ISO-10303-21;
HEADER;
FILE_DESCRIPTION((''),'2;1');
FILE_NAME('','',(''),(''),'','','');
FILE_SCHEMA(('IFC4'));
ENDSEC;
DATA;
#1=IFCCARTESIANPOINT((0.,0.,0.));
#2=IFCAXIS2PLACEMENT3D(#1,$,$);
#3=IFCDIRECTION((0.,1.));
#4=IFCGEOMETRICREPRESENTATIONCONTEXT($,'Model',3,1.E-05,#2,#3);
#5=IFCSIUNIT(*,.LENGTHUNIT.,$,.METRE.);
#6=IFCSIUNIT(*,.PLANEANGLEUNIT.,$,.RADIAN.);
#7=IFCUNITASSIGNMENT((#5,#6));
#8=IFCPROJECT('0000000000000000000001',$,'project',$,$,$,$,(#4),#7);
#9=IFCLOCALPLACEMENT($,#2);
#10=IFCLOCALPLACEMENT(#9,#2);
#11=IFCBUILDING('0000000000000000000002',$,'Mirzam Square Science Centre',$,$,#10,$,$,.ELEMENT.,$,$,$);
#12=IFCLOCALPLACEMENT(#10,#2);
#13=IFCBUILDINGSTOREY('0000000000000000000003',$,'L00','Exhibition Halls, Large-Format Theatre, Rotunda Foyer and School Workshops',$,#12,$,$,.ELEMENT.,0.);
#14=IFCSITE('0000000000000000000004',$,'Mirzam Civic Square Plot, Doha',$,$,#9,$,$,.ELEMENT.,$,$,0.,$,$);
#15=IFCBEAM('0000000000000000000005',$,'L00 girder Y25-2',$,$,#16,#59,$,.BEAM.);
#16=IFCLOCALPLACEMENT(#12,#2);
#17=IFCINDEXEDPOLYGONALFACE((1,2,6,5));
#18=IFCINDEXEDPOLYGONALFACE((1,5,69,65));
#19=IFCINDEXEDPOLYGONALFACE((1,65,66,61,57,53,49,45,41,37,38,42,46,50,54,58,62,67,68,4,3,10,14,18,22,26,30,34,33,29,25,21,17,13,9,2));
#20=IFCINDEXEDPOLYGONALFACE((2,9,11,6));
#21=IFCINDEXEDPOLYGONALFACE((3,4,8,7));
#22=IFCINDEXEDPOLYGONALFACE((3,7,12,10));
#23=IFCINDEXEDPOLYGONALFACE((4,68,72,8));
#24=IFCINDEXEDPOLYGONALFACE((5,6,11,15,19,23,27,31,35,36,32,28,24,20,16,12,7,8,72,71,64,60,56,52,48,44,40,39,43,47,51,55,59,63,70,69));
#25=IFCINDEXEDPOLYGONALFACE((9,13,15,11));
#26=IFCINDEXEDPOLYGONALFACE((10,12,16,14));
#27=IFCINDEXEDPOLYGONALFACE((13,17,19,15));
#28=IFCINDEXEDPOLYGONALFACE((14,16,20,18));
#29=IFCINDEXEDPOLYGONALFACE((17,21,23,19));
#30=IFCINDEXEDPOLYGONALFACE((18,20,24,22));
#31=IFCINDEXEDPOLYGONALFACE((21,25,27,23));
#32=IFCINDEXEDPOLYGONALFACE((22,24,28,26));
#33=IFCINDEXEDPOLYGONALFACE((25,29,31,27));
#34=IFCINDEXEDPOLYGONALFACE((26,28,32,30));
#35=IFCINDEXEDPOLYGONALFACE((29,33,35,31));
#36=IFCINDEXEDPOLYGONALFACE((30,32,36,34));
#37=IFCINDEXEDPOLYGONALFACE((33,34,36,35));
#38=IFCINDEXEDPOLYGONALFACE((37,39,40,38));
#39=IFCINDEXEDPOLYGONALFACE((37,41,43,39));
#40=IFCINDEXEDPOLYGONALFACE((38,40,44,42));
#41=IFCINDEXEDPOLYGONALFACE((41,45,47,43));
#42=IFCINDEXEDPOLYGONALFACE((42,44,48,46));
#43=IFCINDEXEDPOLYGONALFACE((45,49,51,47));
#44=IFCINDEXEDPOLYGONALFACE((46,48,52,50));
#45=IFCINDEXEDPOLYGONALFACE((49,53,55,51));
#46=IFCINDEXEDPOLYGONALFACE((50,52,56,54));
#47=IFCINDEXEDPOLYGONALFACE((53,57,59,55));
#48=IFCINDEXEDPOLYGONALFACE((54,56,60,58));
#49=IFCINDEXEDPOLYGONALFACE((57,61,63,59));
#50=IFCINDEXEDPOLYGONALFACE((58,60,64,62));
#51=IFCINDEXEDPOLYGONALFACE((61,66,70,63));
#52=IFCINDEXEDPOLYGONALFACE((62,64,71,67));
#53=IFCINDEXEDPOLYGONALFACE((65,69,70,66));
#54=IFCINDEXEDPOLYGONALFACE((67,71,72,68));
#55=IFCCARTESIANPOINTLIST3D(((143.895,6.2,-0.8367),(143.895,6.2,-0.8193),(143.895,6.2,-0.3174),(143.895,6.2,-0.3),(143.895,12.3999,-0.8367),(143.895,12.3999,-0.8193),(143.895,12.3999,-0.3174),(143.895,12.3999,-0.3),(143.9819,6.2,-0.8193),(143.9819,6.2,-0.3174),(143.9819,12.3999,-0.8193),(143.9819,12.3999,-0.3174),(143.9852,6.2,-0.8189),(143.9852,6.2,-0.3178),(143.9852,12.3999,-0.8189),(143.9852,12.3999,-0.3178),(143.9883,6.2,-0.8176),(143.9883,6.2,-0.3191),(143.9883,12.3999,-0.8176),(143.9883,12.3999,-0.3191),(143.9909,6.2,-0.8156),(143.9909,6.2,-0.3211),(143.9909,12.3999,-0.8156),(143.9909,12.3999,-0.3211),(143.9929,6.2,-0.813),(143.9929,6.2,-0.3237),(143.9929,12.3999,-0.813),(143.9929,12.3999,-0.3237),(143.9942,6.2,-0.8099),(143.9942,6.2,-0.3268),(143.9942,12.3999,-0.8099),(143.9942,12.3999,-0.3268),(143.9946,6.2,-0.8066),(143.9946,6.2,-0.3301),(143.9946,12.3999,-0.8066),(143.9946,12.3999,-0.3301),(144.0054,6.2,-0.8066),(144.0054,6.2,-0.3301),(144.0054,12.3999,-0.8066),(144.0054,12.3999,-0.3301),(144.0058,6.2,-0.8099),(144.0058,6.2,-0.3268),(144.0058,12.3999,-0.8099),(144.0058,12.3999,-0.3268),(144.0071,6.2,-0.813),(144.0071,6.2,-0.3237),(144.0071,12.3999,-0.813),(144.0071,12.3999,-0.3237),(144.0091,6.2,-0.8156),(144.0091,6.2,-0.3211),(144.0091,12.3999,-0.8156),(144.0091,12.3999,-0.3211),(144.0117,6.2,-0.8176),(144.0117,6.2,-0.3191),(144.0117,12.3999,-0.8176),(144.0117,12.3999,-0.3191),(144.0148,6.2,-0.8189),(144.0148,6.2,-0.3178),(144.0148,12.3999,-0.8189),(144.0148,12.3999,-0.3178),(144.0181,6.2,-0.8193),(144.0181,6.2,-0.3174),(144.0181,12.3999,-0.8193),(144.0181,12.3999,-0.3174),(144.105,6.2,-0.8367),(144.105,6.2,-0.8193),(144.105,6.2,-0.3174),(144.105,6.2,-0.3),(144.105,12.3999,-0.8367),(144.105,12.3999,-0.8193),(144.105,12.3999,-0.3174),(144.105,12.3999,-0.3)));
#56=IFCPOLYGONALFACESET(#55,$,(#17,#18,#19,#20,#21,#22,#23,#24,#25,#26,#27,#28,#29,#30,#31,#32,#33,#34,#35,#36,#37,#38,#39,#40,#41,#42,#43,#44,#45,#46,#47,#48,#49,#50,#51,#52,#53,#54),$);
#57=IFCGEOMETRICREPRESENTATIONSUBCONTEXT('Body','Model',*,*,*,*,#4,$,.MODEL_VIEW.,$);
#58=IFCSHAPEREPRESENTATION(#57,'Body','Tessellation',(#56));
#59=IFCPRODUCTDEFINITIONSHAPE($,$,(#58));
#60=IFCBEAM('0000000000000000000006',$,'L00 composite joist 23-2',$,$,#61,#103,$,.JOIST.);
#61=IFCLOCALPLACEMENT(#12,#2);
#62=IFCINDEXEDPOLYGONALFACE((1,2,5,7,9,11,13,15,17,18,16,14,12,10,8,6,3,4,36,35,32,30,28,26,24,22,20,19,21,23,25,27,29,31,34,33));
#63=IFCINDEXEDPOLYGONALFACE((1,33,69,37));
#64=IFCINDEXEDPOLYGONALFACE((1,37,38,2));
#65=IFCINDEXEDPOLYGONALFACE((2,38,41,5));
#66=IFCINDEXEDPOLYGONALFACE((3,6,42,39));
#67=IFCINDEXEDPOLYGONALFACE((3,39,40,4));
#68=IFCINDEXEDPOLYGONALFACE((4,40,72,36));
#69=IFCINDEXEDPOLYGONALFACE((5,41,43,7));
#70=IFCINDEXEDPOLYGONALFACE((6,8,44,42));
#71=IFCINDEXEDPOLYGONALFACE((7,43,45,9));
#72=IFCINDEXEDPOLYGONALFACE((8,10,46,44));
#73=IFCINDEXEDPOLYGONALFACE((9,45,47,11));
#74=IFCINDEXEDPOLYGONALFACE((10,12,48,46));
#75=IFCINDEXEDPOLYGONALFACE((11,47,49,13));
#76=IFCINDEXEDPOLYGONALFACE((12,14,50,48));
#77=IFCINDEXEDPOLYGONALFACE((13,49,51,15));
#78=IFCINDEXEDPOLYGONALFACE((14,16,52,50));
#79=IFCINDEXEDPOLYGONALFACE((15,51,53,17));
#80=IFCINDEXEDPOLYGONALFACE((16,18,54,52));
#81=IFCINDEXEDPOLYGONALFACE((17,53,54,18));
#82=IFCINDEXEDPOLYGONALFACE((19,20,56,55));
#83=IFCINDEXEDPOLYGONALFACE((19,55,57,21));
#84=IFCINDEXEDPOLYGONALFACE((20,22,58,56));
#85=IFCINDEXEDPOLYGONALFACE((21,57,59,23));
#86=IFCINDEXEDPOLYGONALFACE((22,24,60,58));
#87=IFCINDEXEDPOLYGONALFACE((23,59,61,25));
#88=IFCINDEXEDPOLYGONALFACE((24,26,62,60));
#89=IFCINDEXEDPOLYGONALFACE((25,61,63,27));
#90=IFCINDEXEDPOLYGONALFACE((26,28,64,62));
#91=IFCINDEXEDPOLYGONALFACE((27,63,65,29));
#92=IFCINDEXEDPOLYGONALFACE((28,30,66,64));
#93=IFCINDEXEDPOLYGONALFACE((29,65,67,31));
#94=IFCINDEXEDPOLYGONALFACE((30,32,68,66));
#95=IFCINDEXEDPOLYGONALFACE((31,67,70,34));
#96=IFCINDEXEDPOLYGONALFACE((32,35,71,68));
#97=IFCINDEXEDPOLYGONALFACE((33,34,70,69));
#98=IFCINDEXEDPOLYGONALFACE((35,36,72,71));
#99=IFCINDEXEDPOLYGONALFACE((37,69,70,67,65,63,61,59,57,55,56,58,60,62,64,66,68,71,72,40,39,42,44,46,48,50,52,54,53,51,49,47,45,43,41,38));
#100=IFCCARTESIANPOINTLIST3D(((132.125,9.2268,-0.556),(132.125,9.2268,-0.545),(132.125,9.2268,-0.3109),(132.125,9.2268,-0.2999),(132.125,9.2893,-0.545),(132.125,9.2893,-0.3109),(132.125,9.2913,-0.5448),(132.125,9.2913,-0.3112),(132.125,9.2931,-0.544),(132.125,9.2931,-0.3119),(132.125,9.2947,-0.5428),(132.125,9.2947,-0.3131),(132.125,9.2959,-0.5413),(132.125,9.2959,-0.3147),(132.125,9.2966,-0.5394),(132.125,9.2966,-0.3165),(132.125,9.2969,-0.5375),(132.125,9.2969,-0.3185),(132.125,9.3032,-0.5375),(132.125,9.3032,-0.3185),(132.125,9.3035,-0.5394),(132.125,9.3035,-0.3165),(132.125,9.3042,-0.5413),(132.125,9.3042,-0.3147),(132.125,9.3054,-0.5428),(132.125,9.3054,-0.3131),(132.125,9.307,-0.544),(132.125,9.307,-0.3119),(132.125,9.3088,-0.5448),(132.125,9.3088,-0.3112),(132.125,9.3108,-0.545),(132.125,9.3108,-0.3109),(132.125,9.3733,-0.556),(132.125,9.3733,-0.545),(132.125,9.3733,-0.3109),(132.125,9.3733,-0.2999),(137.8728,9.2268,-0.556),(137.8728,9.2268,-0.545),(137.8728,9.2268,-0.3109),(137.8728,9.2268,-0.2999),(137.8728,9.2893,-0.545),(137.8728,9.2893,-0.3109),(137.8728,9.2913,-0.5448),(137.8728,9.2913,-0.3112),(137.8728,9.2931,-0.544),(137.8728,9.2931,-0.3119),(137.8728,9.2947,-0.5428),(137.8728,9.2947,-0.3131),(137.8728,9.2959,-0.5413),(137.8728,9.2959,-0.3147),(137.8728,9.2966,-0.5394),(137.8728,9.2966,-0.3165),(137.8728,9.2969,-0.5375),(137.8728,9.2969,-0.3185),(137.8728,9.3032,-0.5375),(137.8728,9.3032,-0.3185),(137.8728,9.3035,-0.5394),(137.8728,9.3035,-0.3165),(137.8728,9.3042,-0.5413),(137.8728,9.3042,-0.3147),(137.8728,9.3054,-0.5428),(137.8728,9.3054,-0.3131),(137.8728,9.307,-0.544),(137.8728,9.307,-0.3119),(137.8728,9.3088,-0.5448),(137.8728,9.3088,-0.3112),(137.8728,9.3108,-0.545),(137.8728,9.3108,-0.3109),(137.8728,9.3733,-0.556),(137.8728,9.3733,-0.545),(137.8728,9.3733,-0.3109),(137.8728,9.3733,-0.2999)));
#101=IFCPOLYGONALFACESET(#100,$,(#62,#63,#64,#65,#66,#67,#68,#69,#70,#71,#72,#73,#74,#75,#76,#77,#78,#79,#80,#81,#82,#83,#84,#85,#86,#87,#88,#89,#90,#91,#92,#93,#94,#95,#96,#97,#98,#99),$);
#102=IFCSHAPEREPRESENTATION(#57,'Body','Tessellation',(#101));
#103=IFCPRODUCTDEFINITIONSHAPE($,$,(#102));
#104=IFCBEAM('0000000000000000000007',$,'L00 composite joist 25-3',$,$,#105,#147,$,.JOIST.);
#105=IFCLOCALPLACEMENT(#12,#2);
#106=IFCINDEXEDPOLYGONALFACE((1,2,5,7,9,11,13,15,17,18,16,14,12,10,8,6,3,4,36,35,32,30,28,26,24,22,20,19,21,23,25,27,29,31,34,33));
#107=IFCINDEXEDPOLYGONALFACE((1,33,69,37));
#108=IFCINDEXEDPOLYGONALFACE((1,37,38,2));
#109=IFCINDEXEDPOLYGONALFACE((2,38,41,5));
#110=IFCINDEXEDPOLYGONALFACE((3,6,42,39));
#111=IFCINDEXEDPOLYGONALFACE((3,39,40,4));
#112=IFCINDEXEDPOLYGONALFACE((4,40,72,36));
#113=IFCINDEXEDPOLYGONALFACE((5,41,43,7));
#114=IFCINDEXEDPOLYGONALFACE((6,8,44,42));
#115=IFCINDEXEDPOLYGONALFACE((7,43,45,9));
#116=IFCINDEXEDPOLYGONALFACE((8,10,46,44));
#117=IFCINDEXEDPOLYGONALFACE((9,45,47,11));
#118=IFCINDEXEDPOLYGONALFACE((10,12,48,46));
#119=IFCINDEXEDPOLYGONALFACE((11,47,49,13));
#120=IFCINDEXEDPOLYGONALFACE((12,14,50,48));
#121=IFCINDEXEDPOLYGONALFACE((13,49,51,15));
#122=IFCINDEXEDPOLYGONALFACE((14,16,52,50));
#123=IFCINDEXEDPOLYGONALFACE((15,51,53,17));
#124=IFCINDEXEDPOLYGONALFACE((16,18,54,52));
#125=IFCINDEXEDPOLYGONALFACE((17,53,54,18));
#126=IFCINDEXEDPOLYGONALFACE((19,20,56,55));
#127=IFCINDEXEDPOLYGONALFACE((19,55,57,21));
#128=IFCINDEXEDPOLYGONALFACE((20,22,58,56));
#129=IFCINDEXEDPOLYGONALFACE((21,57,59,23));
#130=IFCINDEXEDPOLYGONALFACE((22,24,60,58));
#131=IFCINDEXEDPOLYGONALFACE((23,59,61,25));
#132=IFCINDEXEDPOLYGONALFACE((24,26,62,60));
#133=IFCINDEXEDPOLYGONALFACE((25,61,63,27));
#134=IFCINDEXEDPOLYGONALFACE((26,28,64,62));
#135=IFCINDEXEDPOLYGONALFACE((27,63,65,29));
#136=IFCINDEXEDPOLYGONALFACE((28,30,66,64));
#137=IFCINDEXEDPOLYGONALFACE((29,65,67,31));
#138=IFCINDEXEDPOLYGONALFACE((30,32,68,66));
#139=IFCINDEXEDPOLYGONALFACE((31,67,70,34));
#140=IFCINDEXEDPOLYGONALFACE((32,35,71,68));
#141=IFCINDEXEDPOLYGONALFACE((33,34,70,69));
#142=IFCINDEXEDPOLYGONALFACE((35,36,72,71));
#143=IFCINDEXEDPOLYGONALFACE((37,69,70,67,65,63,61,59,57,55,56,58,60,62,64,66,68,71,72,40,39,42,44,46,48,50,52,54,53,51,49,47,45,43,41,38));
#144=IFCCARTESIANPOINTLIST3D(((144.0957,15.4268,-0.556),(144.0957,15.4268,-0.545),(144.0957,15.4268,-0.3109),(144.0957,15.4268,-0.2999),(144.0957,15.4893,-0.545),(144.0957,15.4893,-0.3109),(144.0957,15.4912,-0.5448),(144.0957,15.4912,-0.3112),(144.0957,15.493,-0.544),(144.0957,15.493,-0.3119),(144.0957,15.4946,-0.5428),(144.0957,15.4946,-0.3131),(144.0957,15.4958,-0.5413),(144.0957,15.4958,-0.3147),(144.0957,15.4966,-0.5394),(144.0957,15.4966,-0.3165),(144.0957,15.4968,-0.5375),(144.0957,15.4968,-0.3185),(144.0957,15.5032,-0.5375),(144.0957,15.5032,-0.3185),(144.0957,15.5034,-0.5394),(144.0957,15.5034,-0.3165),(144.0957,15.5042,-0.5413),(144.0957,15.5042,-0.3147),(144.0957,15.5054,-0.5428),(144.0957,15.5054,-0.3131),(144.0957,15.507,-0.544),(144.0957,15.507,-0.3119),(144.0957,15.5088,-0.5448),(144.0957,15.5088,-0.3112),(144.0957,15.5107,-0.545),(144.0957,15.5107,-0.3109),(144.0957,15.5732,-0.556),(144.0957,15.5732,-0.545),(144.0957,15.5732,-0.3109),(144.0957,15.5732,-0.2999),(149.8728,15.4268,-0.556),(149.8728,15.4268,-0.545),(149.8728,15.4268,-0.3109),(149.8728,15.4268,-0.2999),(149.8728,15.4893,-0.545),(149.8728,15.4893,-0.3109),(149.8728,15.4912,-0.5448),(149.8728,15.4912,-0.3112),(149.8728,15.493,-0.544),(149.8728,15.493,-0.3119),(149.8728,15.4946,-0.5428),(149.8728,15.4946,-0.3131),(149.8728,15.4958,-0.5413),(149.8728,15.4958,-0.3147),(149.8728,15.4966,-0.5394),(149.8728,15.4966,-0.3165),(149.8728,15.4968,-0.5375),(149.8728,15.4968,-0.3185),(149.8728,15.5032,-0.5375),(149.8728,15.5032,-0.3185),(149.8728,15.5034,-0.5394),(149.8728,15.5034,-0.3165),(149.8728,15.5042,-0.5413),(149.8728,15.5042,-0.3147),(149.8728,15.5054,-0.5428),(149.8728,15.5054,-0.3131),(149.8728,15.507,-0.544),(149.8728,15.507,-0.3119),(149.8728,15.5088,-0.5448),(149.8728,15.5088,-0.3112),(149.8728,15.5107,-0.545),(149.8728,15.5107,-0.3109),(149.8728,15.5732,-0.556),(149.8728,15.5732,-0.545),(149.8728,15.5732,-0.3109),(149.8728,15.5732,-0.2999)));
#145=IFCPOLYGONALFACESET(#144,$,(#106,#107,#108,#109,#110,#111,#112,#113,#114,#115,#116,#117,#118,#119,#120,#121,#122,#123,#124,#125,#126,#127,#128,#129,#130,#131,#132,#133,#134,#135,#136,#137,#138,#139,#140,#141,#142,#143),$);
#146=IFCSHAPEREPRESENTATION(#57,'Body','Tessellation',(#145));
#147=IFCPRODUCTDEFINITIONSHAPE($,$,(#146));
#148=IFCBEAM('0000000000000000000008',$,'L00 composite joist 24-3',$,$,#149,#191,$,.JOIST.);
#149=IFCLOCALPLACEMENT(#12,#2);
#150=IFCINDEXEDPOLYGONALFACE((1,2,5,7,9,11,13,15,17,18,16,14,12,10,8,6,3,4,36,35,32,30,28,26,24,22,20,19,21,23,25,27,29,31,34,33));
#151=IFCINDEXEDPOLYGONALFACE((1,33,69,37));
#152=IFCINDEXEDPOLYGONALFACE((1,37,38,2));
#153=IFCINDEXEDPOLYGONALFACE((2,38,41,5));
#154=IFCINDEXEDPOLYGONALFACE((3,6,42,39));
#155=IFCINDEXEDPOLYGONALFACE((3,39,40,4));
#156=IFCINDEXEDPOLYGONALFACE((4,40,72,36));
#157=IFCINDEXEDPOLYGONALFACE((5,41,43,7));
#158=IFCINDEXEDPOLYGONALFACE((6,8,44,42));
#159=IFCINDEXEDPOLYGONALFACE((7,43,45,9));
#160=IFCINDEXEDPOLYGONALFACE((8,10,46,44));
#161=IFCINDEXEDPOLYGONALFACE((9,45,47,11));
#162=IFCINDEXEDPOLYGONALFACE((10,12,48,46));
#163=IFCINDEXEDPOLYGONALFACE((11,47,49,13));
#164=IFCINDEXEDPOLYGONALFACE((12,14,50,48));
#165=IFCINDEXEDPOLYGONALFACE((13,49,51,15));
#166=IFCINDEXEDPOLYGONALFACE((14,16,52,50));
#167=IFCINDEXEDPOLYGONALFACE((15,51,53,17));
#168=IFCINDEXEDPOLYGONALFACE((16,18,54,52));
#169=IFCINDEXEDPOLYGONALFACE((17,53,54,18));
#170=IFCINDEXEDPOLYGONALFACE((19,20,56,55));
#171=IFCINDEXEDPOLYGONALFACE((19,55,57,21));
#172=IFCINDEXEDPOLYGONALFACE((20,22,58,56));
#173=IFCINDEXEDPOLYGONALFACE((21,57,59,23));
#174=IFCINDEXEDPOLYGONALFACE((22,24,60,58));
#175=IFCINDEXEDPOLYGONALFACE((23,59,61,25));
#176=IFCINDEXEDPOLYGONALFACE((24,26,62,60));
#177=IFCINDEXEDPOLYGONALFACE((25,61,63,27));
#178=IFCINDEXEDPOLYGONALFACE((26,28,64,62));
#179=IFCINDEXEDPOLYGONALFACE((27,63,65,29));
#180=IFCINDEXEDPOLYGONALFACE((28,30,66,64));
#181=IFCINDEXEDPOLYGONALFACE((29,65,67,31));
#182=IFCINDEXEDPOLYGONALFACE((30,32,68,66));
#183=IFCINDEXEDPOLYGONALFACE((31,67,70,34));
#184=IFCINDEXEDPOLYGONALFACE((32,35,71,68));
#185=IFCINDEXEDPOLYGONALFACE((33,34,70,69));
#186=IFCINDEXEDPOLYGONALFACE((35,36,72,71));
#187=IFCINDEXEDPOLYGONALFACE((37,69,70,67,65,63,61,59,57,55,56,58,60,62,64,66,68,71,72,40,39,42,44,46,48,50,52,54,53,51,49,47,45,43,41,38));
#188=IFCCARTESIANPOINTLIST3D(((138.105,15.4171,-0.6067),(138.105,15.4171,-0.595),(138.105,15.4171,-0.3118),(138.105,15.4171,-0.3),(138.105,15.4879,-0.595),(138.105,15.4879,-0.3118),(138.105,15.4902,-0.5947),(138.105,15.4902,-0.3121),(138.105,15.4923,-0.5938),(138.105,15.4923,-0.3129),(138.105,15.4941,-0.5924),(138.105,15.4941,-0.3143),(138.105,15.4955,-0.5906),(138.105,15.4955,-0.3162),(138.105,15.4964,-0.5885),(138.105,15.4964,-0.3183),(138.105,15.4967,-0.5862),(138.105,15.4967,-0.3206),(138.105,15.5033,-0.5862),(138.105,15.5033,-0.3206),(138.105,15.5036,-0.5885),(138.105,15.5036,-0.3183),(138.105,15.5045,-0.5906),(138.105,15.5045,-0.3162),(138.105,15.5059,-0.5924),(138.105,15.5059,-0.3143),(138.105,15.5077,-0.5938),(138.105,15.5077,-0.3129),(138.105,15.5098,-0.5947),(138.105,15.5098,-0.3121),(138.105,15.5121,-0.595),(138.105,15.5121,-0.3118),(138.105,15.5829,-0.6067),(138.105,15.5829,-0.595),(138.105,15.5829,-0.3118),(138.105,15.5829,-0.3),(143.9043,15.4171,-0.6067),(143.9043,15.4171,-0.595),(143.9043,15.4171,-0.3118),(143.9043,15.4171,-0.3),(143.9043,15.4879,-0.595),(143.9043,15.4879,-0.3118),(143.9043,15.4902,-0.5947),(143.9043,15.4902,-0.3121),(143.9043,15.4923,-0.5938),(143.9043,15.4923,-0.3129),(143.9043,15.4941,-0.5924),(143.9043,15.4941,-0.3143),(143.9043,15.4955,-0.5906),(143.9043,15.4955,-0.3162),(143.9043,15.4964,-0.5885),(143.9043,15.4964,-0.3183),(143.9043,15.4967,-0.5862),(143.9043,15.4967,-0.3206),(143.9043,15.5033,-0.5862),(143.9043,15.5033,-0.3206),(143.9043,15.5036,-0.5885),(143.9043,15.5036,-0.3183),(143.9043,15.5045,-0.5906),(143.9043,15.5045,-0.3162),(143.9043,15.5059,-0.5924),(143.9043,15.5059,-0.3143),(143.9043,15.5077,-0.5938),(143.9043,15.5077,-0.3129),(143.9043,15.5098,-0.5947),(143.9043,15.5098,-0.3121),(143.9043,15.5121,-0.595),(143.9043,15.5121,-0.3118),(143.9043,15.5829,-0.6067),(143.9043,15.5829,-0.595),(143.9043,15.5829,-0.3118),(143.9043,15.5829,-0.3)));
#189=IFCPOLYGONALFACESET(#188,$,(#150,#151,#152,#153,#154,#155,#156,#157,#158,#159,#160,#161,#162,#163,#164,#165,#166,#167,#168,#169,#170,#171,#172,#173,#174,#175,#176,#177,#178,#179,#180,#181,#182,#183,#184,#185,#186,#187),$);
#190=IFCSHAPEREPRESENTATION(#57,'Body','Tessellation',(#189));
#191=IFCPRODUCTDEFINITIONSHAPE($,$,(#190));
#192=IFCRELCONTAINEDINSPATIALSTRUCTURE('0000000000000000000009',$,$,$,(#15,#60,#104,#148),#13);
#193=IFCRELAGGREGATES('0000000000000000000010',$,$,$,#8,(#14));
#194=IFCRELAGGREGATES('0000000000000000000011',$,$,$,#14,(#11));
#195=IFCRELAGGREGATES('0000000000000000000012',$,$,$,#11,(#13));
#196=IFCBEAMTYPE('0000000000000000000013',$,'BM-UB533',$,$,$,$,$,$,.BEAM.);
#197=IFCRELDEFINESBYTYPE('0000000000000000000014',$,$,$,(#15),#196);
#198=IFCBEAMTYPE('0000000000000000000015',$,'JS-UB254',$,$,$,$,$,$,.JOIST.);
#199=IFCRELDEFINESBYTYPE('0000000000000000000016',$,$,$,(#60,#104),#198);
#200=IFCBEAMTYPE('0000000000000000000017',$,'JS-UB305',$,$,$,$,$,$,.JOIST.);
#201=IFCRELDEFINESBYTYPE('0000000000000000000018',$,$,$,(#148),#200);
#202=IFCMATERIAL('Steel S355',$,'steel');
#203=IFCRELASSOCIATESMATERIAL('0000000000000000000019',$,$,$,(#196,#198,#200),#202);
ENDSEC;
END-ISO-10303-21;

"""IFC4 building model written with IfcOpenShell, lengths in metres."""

from ifc_helpers import new_model, si_unit, direction, frame, origin, origin_2d, place, context, subcontext, project, spatial, i_section, extrude, material, material_profile, profile_set, type_object, element, save


model = new_model("IFC4")

# Units and contexts
model_context = context("Model", 3, precision=1e-05, world=origin(), true_north=direction((0.0, 1.0)))
body_context = subcontext(model_context, "Body", "Model", "MODEL_VIEW")
ifc_project = project(units=[si_unit("LENGTHUNIT", "METRE"), si_unit("PLANEANGLEUNIT", "RADIAN")], contexts=[model_context])

# Site, building, storey
site_placement = place(None, origin())
site = spatial("IfcSite", under=ifc_project, at=site_placement, Name="Mirzam Civic Square Plot, Doha", CompositionType="ELEMENT", RefElevation=0.0)
building_placement = place(site_placement, origin())
building = spatial("IfcBuilding", under=site, at=building_placement, Name="Mirzam Square Science Centre", CompositionType="ELEMENT")
storey_placement = place(building_placement, origin())
storey = spatial("IfcBuildingStorey", under=building, at=storey_placement, Name="L00", Description="Exhibition Halls, Large-Format Theatre, Rotunda Foyer and School Workshops", CompositionType="ELEMENT", Elevation=0.0)

# Shared definitions
ifc_material_1 = material(Name="Steel S355", Category="steel")

# Beams
ifc_material_profile_1 = material_profile(ifc_material_1, i_section(OverallWidth=0.21, OverallDepth=0.5366, WebThickness=0.0107, FlangeThickness=0.0173, FilletRadius=0.0127, at=origin_2d()), Name="533x210x101UB")
ifc_profile_set_1 = profile_set([ifc_material_profile_1], Name="Steel S355")
beam_type_1 = type_object("IfcBeamType", Name="BM-UB533", PredefinedType="BEAM", material=ifc_profile_set_1)
beam_1_placement = place(storey_placement, frame((144.0, 6.2, -0.5684), z_axis=(0.0, 1.0, 0.0), x_axis=(-1.0, 0.0, 0.0)))
element("IfcBeam", 1, at=beam_1_placement, inside=storey, type_object=beam_type_1, Name="L00 girder Y25-2", PredefinedType="BEAM", context=body_context, shape_type="SweptSolid", body=[
    extrude(i_section(OverallWidth=0.21, OverallDepth=0.5366, WebThickness=0.0107, FlangeThickness=0.0173, FilletRadius=0.0127, at=origin_2d()), origin(), (0.0, 0.0, 1.0), 6.2),
])
ifc_material_profile_2 = material_profile(ifc_material_1, i_section(OverallWidth=0.1465, OverallDepth=0.2561, WebThickness=0.0063, FlangeThickness=0.011, FilletRadius=0.0076, at=origin_2d()), Name="254x146x37UB")
ifc_profile_set_2 = profile_set([ifc_material_profile_2], Name="Steel S355")
beam_type_2 = type_object("IfcBeamType", Name="JS-UB254", PredefinedType="JOIST", material=ifc_profile_set_2)
beam_2_placement = place(storey_placement, frame((132.125, 9.3, -0.428), z_axis=(1.0, 0.0, 0.0), x_axis=(0.0, 1.0, 0.0)))
element("IfcBeam", 2, at=beam_2_placement, inside=storey, type_object=beam_type_2, Name="L00 composite joist 23-2", PredefinedType="JOIST", context=body_context, shape_type="SweptSolid", body=[
    extrude(i_section(OverallWidth=0.1465, OverallDepth=0.2561, WebThickness=0.0063, FlangeThickness=0.011, FilletRadius=0.0076, at=origin_2d()), origin(), (0.0, 0.0, 1.0), 5.7478),
])
beam_3_placement = place(storey_placement, frame((144.0957, 15.5, -0.428), z_axis=(1.0, 0.0, 0.0), x_axis=(0.0, 1.0, 0.0)))
element("IfcBeam", 3, at=beam_3_placement, inside=storey, type_object=beam_type_2, Name="L00 composite joist 25-3", PredefinedType="JOIST", context=body_context, shape_type="SweptSolid", body=[
    extrude(i_section(OverallWidth=0.1465, OverallDepth=0.2561, WebThickness=0.0063, FlangeThickness=0.011, FilletRadius=0.0076, at=origin_2d()), origin(), (0.0, 0.0, 1.0), 5.7771),
])
ifc_material_profile_3 = material_profile(ifc_material_1, i_section(OverallWidth=0.1658, OverallDepth=0.3066, WebThickness=0.0066, FlangeThickness=0.0117, FilletRadius=0.0088, at=origin_2d()), Name="305x165x46UB")
ifc_profile_set_3 = profile_set([ifc_material_profile_3], Name="Steel S355")
beam_type_3 = type_object("IfcBeamType", Name="JS-UB305", PredefinedType="JOIST", material=ifc_profile_set_3)
for number, where, z_axis, x_axis, name in (
    (4, (138.105, 15.5, -0.4534), (1.0, 0.0, 0.0), (0.0, 1.0, 0.0), "L00 composite joist 24-3"),
):
    element("IfcBeam", number, at=place(storey_placement, frame(where, z_axis=z_axis, x_axis=x_axis)), inside=storey, type_object=beam_type_3, Name=name, PredefinedType="JOIST", context=body_context, shape_type="SweptSolid", body=[
        extrude(i_section(OverallWidth=0.1658, OverallDepth=0.3066, WebThickness=0.0066, FlangeThickness=0.0117, FilletRadius=0.0088, at=origin_2d()), origin(), (0.0, 0.0, 1.0), 5.7993),
    ])

save(model, "model.ifc")
